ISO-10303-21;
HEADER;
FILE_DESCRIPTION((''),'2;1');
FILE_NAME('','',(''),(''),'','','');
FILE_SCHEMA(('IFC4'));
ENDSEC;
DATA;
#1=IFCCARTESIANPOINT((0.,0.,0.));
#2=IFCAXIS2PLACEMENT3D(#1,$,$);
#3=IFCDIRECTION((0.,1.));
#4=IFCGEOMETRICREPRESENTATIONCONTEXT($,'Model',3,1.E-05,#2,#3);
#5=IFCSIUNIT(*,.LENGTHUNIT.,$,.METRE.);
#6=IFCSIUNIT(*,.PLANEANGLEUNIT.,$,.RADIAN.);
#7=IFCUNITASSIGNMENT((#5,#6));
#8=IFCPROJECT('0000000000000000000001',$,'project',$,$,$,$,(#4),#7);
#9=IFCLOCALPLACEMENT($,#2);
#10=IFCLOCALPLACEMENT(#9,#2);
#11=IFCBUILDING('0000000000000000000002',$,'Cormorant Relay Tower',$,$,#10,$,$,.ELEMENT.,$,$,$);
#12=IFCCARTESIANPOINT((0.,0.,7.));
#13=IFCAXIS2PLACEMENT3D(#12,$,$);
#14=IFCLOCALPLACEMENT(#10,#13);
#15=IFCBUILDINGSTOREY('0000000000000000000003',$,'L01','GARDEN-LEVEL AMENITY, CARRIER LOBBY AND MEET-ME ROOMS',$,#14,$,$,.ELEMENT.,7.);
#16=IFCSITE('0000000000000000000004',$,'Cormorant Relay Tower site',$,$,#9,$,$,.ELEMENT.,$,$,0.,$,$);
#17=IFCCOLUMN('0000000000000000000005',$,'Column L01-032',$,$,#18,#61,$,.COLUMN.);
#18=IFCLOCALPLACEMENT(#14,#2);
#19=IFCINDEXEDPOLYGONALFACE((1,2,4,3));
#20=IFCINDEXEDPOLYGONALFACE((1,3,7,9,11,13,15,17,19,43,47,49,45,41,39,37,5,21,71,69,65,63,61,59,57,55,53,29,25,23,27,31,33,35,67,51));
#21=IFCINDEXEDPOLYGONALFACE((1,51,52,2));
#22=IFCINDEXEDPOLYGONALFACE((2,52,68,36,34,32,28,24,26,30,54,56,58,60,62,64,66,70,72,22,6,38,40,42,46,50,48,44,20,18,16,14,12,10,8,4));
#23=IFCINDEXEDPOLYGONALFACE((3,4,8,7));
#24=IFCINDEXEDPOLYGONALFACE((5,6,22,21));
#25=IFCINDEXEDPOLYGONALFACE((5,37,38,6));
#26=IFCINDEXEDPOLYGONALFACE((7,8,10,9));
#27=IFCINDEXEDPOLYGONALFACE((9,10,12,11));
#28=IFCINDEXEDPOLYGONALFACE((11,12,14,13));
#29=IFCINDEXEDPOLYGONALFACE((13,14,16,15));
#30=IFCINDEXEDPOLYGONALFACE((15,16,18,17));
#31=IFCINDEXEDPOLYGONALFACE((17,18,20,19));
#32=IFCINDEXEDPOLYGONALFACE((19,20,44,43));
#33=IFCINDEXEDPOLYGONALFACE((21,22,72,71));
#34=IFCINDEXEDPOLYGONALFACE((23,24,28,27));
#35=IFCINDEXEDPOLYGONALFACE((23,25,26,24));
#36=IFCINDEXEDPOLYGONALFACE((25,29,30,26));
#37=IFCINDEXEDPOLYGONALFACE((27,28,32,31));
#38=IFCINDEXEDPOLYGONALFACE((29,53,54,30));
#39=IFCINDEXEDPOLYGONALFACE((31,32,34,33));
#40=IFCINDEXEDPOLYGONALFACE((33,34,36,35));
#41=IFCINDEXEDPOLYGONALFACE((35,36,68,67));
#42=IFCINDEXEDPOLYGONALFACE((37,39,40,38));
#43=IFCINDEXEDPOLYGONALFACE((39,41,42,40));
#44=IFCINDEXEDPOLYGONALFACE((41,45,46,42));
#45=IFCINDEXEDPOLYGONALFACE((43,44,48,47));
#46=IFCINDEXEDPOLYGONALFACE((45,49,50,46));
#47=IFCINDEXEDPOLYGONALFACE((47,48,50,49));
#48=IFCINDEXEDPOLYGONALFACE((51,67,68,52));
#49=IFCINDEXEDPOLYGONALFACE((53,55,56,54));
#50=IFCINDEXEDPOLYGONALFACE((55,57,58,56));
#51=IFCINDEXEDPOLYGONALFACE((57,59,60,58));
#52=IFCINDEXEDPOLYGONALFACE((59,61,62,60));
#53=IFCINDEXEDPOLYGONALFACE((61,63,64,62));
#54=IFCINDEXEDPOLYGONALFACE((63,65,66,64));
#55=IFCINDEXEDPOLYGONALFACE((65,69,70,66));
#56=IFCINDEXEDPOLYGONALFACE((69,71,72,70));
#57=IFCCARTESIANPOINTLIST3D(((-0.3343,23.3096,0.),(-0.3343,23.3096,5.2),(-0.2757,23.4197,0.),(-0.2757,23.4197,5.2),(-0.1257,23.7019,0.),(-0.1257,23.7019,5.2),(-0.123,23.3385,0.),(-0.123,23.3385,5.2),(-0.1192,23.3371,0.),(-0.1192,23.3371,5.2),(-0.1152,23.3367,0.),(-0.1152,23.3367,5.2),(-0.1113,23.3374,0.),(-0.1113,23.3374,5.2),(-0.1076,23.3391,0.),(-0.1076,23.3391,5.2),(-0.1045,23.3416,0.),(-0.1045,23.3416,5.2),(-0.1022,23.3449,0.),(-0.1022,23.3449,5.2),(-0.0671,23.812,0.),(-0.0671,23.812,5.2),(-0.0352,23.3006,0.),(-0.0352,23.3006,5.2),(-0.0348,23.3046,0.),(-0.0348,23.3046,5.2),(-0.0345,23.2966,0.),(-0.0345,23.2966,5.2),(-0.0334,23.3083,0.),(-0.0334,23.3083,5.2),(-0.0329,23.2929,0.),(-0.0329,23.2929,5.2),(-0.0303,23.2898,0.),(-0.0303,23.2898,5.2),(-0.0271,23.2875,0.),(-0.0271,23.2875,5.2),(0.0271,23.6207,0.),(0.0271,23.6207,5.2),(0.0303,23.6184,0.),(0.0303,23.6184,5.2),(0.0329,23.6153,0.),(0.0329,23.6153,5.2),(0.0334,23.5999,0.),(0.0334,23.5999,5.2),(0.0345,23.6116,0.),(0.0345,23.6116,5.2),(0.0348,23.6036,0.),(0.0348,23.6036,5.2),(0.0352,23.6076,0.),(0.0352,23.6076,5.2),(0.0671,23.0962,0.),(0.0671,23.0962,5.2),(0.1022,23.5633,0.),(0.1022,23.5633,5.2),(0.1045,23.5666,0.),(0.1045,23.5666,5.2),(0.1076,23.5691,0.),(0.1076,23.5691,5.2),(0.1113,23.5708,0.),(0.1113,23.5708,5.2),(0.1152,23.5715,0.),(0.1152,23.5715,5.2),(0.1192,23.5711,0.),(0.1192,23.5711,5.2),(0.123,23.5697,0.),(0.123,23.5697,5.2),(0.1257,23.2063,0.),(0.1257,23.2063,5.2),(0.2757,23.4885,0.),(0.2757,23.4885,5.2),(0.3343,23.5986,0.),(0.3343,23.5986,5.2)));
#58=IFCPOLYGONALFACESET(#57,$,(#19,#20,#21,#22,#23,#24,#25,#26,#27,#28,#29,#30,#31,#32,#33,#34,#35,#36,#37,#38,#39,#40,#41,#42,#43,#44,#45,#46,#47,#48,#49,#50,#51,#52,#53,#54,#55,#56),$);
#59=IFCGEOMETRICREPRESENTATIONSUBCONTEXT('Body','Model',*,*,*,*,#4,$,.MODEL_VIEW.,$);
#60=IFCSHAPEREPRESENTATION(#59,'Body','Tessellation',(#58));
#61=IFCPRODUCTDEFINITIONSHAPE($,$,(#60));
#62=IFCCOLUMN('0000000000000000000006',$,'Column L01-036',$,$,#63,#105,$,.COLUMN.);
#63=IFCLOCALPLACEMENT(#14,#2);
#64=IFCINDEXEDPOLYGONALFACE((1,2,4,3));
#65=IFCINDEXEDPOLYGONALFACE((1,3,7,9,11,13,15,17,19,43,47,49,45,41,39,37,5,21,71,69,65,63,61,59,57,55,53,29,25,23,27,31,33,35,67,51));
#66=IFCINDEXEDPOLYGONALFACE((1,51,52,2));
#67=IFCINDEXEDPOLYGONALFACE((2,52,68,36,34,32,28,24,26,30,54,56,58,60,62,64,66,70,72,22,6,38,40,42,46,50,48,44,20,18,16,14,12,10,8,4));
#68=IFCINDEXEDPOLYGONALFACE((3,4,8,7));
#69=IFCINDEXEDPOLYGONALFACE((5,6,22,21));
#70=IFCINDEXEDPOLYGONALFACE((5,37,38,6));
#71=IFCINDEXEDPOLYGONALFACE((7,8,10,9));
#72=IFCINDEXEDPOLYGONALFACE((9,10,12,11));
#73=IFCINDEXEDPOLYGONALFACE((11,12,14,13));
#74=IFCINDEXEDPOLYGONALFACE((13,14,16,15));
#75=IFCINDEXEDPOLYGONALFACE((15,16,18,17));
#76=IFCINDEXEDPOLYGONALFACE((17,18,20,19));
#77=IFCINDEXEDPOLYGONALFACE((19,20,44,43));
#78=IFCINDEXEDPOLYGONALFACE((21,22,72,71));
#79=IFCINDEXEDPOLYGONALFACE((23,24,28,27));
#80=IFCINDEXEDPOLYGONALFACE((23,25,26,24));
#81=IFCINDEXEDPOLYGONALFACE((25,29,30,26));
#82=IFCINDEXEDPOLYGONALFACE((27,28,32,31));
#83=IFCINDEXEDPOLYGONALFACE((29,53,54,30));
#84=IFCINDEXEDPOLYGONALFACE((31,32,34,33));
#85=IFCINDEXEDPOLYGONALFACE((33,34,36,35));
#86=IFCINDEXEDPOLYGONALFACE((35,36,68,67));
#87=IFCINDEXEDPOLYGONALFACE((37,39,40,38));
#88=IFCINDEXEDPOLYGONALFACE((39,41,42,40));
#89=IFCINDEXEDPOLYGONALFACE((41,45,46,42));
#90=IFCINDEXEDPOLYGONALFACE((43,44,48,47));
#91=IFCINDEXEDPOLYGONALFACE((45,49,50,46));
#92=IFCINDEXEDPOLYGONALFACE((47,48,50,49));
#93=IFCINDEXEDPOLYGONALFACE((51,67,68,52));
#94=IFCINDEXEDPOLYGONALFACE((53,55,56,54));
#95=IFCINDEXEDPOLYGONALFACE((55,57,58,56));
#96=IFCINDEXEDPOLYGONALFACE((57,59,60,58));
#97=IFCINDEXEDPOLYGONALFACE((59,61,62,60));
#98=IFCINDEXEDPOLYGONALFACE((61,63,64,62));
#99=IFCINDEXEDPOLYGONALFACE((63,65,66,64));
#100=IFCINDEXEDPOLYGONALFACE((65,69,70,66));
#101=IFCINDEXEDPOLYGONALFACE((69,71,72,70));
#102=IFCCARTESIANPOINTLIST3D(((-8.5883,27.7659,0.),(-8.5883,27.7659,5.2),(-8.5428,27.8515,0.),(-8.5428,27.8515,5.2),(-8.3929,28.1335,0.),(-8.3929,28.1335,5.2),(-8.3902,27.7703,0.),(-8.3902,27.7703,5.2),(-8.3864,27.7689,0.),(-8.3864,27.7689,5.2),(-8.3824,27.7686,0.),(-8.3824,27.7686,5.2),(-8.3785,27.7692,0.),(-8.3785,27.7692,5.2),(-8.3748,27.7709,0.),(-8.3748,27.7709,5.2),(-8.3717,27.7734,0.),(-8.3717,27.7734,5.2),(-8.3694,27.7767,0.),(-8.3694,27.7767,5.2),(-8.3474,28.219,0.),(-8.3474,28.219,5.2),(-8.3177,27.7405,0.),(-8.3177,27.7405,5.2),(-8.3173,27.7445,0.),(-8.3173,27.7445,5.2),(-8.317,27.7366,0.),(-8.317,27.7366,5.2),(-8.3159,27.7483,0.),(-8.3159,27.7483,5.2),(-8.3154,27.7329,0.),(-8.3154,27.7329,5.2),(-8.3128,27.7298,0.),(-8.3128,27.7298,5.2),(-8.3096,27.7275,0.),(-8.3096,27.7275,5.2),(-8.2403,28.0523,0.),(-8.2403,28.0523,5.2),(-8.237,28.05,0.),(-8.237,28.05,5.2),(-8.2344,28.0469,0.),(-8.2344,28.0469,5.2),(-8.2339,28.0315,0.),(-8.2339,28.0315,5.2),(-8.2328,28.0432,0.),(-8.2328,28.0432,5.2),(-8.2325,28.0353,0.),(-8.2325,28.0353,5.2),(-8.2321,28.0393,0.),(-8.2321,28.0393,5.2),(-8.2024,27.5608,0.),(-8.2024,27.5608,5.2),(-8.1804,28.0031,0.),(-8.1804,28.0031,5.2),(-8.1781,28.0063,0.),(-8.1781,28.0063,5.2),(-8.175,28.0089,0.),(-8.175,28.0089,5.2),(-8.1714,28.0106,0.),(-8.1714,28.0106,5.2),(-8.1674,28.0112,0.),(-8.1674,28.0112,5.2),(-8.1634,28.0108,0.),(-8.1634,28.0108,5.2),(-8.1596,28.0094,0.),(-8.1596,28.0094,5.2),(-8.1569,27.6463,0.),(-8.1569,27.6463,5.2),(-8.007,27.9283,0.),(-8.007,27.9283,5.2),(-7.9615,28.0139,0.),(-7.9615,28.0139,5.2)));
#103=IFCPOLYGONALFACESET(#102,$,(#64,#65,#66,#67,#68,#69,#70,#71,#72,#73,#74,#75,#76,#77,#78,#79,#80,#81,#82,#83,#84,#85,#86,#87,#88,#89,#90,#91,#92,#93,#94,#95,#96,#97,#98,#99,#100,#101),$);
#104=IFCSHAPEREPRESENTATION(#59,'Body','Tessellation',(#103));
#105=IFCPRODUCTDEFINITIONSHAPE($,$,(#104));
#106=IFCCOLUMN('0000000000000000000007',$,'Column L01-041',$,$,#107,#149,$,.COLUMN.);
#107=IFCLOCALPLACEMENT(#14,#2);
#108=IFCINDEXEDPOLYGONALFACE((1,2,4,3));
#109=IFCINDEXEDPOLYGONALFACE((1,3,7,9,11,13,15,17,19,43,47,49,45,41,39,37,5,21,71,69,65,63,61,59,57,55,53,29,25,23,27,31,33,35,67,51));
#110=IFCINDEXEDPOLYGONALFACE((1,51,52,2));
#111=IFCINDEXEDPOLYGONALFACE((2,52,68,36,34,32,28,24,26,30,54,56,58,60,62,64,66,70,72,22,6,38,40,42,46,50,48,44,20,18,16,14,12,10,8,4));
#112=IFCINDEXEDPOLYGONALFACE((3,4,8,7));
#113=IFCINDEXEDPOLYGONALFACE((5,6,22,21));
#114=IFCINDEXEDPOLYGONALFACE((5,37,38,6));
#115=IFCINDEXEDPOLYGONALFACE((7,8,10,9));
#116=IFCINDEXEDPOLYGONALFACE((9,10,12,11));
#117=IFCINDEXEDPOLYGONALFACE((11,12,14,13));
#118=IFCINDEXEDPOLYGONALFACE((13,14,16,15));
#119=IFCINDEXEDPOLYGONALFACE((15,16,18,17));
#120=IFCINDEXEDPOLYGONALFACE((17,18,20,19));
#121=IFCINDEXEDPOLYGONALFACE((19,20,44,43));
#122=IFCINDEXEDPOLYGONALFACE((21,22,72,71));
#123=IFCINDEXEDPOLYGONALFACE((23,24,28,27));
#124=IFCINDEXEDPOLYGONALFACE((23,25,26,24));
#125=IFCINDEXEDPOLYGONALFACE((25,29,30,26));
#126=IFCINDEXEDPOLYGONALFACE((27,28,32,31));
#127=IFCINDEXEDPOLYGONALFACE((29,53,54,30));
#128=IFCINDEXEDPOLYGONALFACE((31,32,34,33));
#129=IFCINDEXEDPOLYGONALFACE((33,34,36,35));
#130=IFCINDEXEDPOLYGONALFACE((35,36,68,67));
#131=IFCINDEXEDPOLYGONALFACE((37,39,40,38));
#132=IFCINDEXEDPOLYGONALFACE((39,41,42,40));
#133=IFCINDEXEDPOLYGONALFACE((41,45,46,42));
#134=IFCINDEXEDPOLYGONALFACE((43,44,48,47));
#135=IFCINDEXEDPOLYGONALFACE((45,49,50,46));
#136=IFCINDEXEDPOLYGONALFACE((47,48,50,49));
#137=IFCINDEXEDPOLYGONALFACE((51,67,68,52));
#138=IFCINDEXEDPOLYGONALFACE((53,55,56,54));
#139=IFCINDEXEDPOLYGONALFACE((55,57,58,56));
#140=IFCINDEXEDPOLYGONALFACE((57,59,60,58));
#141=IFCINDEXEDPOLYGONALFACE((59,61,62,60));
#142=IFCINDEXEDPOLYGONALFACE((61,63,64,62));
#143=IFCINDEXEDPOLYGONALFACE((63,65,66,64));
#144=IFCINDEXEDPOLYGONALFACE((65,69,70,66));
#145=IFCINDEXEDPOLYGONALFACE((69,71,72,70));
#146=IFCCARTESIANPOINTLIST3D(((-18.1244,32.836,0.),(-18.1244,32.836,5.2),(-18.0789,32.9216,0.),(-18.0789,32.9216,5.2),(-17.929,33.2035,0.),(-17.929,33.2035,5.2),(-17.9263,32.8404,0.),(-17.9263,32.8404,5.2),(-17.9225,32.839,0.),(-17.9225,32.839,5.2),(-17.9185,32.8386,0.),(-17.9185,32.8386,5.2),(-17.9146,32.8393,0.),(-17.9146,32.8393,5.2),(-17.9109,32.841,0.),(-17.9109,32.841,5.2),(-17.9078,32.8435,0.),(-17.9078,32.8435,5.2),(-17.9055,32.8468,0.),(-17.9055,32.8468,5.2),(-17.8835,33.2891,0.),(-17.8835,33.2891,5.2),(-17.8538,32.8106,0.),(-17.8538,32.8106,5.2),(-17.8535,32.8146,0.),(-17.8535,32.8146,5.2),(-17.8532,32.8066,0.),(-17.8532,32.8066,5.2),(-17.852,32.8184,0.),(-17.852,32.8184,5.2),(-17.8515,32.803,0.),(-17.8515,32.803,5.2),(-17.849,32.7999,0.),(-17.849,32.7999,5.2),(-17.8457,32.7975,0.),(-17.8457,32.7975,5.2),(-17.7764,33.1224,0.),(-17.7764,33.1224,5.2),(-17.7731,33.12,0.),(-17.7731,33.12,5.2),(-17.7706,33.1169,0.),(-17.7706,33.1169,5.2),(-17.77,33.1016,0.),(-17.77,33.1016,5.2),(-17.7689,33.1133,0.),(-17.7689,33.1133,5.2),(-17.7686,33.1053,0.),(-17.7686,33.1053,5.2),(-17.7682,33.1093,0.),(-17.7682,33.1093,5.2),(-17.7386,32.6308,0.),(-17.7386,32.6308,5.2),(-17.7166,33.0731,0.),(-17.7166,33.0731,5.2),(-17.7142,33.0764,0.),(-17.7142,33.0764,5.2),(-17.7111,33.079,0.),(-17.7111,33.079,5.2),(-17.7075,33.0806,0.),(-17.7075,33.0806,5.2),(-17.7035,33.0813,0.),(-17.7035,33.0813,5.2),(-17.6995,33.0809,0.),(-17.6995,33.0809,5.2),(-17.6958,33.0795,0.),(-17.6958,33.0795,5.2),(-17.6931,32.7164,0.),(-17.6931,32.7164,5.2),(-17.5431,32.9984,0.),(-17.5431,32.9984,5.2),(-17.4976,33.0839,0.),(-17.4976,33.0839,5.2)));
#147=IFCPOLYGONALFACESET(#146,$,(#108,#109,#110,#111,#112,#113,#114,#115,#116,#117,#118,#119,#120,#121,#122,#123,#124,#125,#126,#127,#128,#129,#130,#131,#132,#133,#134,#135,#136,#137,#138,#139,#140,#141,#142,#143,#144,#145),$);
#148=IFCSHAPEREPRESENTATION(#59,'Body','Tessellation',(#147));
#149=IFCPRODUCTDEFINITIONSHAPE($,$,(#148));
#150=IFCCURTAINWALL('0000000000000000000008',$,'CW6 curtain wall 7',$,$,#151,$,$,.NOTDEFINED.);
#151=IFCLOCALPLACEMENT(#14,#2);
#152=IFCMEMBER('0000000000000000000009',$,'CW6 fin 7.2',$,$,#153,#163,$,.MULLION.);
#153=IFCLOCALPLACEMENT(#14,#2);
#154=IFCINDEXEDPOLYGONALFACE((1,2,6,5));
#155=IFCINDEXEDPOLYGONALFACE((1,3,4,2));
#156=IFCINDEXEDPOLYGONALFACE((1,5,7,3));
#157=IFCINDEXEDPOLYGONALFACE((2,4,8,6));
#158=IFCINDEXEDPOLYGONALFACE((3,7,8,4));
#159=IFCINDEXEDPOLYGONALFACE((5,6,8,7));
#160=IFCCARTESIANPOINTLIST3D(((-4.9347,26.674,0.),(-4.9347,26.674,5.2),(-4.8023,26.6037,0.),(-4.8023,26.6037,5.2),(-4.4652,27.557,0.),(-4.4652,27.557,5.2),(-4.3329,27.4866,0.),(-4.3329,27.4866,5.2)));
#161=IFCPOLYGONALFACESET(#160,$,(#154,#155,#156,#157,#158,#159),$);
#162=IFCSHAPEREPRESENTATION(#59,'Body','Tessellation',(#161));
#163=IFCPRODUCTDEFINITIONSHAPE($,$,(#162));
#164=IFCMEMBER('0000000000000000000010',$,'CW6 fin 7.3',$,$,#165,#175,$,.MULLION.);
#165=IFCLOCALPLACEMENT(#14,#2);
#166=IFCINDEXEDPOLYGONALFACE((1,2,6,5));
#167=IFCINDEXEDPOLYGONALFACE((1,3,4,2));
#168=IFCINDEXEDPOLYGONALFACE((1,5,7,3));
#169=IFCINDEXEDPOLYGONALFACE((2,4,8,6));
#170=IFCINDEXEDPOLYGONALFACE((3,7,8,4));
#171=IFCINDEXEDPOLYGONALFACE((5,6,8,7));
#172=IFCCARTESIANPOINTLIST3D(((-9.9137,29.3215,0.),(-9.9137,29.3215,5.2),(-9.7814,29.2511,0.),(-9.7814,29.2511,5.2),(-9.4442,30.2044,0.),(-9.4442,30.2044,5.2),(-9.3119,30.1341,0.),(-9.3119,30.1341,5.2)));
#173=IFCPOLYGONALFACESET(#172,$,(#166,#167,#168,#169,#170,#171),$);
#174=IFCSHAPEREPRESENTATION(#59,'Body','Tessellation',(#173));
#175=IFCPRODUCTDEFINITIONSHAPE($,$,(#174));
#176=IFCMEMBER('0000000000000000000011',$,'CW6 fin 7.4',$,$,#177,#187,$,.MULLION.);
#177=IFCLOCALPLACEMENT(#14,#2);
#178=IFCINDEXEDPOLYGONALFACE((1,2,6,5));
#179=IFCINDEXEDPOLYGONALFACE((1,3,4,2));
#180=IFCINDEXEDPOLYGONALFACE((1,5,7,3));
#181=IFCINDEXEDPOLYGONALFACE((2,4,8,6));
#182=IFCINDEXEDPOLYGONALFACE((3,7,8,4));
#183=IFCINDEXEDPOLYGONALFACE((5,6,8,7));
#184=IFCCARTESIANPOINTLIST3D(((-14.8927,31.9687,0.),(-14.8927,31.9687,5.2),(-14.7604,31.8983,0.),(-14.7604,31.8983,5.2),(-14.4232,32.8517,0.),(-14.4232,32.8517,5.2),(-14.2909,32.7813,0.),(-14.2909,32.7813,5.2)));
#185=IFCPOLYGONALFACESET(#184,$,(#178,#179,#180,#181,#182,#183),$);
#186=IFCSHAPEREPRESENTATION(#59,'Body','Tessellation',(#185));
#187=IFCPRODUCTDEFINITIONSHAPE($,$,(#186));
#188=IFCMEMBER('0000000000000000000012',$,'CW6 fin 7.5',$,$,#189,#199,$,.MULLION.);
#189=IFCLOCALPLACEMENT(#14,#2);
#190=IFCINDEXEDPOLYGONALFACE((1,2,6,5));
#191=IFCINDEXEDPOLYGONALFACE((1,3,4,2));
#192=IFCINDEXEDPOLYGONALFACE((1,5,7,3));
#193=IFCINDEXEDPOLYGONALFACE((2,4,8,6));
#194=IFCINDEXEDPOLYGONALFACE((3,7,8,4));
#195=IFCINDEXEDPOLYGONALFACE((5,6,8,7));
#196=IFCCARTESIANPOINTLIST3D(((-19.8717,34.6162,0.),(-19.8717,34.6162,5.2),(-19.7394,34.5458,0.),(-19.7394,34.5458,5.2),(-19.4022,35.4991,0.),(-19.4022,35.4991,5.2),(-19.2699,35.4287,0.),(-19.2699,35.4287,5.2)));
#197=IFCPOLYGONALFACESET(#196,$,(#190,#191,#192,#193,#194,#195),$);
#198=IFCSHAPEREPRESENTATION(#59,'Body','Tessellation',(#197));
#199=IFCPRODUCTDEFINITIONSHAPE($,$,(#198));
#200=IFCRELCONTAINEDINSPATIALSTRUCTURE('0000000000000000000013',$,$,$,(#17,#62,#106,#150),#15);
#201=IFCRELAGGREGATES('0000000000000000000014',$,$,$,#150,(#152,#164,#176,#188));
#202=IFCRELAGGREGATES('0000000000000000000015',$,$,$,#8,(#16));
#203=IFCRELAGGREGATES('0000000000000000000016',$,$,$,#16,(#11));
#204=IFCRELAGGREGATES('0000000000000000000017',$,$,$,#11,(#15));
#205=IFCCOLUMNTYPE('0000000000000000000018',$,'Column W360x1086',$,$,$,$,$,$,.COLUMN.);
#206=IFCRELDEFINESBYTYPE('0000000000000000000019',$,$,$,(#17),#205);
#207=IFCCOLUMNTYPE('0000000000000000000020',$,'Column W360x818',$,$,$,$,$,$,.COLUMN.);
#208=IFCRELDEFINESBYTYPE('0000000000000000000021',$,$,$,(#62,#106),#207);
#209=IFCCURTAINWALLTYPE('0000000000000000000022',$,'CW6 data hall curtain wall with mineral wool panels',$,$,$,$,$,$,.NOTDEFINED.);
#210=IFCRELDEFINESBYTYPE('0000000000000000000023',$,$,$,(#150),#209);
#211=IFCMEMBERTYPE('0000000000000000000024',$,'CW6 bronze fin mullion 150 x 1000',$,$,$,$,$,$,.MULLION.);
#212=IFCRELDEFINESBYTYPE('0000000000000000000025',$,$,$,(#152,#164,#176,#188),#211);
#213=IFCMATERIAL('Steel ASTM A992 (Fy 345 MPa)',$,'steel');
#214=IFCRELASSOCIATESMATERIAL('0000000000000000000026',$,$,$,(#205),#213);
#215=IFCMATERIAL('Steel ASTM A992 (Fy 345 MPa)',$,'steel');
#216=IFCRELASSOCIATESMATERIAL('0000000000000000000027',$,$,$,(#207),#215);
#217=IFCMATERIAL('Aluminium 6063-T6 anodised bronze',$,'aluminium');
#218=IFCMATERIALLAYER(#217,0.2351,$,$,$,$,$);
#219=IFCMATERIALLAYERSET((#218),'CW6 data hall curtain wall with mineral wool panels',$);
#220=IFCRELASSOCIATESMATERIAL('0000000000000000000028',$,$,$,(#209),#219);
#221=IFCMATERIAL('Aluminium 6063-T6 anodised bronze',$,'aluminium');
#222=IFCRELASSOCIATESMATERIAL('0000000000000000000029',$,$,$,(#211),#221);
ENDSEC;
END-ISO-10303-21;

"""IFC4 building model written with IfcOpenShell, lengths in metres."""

from ifc_helpers import new_model, si_unit, direction, frame, origin, origin_2d, place, context, subcontext, project, spatial, rectangle, i_section, extrude, material, layer, layer_set, material_profile, profile_set, type_object, element, aggregate, save


model = new_model("IFC4")

# Units and contexts
model_context = context("Model", 3, precision=1e-05, world=origin(), true_north=direction((0.0, 1.0)))
body_context = subcontext(model_context, "Body", "Model", "MODEL_VIEW")
ifc_project = project(units=[si_unit("LENGTHUNIT", "METRE"), si_unit("PLANEANGLEUNIT", "RADIAN")], contexts=[model_context])

# Site, building, storey
site_placement = place(None, origin())
site = spatial("IfcSite", under=ifc_project, at=site_placement, Name="Cormorant Relay Tower site", CompositionType="ELEMENT", RefElevation=0.0)
building_placement = place(site_placement, origin())
building = spatial("IfcBuilding", under=site, at=building_placement, Name="Cormorant Relay Tower", CompositionType="ELEMENT")
storey_placement = place(building_placement, frame((0.0, 0.0, 7.0)))
storey = spatial("IfcBuildingStorey", under=building, at=storey_placement, Name="L01", Description="GARDEN-LEVEL AMENITY, CARRIER LOBBY AND MEET-ME ROOMS", CompositionType="ELEMENT", Elevation=7.0)

# Columns
ifc_material_1 = material(Name="Steel ASTM A992 (Fy 345 MPa)", Category="steel")
ifc_material_profile_1 = material_profile(ifc_material_1, i_section(OverallWidth=0.4546, OverallDepth=0.5691, WebThickness=0.0779, FlangeThickness=0.1248, FilletRadius=0.0154, at=origin_2d()), Name="W360x1086")
ifc_profile_set_1 = profile_set([ifc_material_profile_1], Name="Steel ASTM A992 (Fy 345 MPa)")
column_type_1 = type_object("IfcColumnType", Name="Column W360x1086", PredefinedType="COLUMN", material=ifc_profile_set_1)
column_placement = place(storey_placement, frame((0.0, 23.4541, 0.0), z_axis=(0.0, 0.0, 1.0), x_axis=(-0.882948, 0.469472, 0.0)))
element("IfcColumn", 1, at=column_placement, inside=storey, type_object=column_type_1, Name="Column L01-032", PredefinedType="COLUMN", context=body_context, shape_type="SweptSolid", body=[
    extrude(i_section(OverallWidth=0.4546, OverallDepth=0.5691, WebThickness=0.0779, FlangeThickness=0.1248, FilletRadius=0.0154, at=origin_2d()), origin(), (0.0, 0.0, 1.0), 5.2),
])
ifc_material_2 = material(Name="Steel ASTM A992 (Fy 345 MPa)", Category="steel")
ifc_material_profile_2 = material_profile(ifc_material_2, i_section(OverallWidth=0.437, OverallDepth=0.5132, WebThickness=0.0605, FlangeThickness=0.0969, FilletRadius=0.0154, at=origin_2d()), Name="W360x818")
ifc_profile_set_2 = profile_set([ifc_material_profile_2], Name="Steel ASTM A992 (Fy 345 MPa)")
column_type_2 = type_object("IfcColumnType", Name="Column W360x818", PredefinedType="COLUMN", material=ifc_profile_set_2)
for number, where, z_axis, x_axis, name in (
    (2, (-8.2749, 27.8899, 0.0), (0.0, 0.0, 1.0), (-0.882948, 0.469472, 0.0), "Column L01-036"),
    (3, (-17.811, 32.96, 0.0), (0.0, 0.0, 1.0), (-0.882948, 0.469472, 0.0), "Column L01-041"),
):
    element("IfcColumn", number, at=place(storey_placement, frame(where, z_axis=z_axis, x_axis=x_axis)), inside=storey, type_object=column_type_2, Name=name, PredefinedType="COLUMN", context=body_context, shape_type="SweptSolid", body=[
        extrude(i_section(OverallWidth=0.437, OverallDepth=0.5132, WebThickness=0.0605, FlangeThickness=0.0969, FilletRadius=0.0154, at=origin_2d()), origin(), (0.0, 0.0, 1.0), 5.2),
    ])

# Curtain wall, members
ifc_material_3 = material(Name="Aluminium 6063-T6 anodised bronze", Category="aluminium")
ifc_layer_1 = layer(ifc_material_3, 0.2351)
ifc_layer_set_1 = layer_set([ifc_layer_1], Name="CW6 data hall curtain wall with mineral wool panels")
curtain_wall_type = type_object("IfcCurtainWallType", Name="CW6 data hall curtain wall with mineral wool panels", PredefinedType="NOTDEFINED", material=ifc_layer_set_1)
curtain_wall_placement = place(storey_placement, origin())
curtain_wall = element("IfcCurtainWall", 4, at=curtain_wall_placement, inside=storey, type_object=curtain_wall_type, Name="CW6 curtain wall 7", PredefinedType="NOTDEFINED")
ifc_material_4 = material(Name="Aluminium 6063-T6 anodised bronze", Category="aluminium")
ifc_material_profile_3 = material_profile(ifc_material_4, rectangle(XDim=0.1499, YDim=1.0, at=origin_2d()), Name="AL 150x1000")
ifc_profile_set_3 = profile_set([ifc_material_profile_3], Name="Aluminium 6063-T6 anodised bronze")
member_type = type_object("IfcMemberType", Name="CW6 bronze fin mullion 150 x 1000", PredefinedType="MULLION", material=ifc_profile_set_3)
member_1_placement = place(storey_placement, frame((-4.6338, 27.0803, 0.0), z_axis=(0.0, 0.0, 1.0), x_axis=(-0.882948, 0.469472, 0.0)))
member_1 = element("IfcMember", 5, at=member_1_placement, type_object=member_type, Name="CW6 fin 7.2", PredefinedType="MULLION", context=body_context, shape_type="SweptSolid", body=[
    extrude(rectangle(XDim=0.1499, YDim=1.0, at=origin_2d()), origin(), (0.0, 0.0, 1.0), 5.2),
])
member_2_placement = place(storey_placement, frame((-9.6128, 29.7278, 0.0), z_axis=(0.0, 0.0, 1.0), x_axis=(-0.882948, 0.469472, 0.0)))
member_2 = element("IfcMember", 6, at=member_2_placement, type_object=member_type, Name="CW6 fin 7.3", PredefinedType="MULLION", context=body_context, shape_type="SweptSolid", body=[
    extrude(rectangle(XDim=0.1499, YDim=1.0, at=origin_2d()), origin(), (0.0, 0.0, 1.0), 5.2),
])
member_3_placement = place(storey_placement, frame((-14.5918, 32.375, 0.0), z_axis=(0.0, 0.0, 1.0), x_axis=(-0.882948, 0.469472, 0.0)))
member_3 = element("IfcMember", 7, at=member_3_placement, type_object=member_type, Name="CW6 fin 7.4", PredefinedType="MULLION", context=body_context, shape_type="SweptSolid", body=[
    extrude(rectangle(XDim=0.1499, YDim=1.0, at=origin_2d()), origin(), (0.0, 0.0, 1.0), 5.2),
])
member_4_placement = place(storey_placement, frame((-19.5708, 35.0225, 0.0), z_axis=(0.0, 0.0, 1.0), x_axis=(-0.882948, 0.469472, 0.0)))
member_4 = element("IfcMember", 8, at=member_4_placement, type_object=member_type, Name="CW6 fin 7.5", PredefinedType="MULLION", context=body_context, shape_type="SweptSolid", body=[
    extrude(rectangle(XDim=0.1499, YDim=1.0, at=origin_2d()), origin(), (0.0, 0.0, 1.0), 5.2),
])

aggregate(curtain_wall, [member_1, member_2, member_3, member_4])

save(model, "model.ifc")
